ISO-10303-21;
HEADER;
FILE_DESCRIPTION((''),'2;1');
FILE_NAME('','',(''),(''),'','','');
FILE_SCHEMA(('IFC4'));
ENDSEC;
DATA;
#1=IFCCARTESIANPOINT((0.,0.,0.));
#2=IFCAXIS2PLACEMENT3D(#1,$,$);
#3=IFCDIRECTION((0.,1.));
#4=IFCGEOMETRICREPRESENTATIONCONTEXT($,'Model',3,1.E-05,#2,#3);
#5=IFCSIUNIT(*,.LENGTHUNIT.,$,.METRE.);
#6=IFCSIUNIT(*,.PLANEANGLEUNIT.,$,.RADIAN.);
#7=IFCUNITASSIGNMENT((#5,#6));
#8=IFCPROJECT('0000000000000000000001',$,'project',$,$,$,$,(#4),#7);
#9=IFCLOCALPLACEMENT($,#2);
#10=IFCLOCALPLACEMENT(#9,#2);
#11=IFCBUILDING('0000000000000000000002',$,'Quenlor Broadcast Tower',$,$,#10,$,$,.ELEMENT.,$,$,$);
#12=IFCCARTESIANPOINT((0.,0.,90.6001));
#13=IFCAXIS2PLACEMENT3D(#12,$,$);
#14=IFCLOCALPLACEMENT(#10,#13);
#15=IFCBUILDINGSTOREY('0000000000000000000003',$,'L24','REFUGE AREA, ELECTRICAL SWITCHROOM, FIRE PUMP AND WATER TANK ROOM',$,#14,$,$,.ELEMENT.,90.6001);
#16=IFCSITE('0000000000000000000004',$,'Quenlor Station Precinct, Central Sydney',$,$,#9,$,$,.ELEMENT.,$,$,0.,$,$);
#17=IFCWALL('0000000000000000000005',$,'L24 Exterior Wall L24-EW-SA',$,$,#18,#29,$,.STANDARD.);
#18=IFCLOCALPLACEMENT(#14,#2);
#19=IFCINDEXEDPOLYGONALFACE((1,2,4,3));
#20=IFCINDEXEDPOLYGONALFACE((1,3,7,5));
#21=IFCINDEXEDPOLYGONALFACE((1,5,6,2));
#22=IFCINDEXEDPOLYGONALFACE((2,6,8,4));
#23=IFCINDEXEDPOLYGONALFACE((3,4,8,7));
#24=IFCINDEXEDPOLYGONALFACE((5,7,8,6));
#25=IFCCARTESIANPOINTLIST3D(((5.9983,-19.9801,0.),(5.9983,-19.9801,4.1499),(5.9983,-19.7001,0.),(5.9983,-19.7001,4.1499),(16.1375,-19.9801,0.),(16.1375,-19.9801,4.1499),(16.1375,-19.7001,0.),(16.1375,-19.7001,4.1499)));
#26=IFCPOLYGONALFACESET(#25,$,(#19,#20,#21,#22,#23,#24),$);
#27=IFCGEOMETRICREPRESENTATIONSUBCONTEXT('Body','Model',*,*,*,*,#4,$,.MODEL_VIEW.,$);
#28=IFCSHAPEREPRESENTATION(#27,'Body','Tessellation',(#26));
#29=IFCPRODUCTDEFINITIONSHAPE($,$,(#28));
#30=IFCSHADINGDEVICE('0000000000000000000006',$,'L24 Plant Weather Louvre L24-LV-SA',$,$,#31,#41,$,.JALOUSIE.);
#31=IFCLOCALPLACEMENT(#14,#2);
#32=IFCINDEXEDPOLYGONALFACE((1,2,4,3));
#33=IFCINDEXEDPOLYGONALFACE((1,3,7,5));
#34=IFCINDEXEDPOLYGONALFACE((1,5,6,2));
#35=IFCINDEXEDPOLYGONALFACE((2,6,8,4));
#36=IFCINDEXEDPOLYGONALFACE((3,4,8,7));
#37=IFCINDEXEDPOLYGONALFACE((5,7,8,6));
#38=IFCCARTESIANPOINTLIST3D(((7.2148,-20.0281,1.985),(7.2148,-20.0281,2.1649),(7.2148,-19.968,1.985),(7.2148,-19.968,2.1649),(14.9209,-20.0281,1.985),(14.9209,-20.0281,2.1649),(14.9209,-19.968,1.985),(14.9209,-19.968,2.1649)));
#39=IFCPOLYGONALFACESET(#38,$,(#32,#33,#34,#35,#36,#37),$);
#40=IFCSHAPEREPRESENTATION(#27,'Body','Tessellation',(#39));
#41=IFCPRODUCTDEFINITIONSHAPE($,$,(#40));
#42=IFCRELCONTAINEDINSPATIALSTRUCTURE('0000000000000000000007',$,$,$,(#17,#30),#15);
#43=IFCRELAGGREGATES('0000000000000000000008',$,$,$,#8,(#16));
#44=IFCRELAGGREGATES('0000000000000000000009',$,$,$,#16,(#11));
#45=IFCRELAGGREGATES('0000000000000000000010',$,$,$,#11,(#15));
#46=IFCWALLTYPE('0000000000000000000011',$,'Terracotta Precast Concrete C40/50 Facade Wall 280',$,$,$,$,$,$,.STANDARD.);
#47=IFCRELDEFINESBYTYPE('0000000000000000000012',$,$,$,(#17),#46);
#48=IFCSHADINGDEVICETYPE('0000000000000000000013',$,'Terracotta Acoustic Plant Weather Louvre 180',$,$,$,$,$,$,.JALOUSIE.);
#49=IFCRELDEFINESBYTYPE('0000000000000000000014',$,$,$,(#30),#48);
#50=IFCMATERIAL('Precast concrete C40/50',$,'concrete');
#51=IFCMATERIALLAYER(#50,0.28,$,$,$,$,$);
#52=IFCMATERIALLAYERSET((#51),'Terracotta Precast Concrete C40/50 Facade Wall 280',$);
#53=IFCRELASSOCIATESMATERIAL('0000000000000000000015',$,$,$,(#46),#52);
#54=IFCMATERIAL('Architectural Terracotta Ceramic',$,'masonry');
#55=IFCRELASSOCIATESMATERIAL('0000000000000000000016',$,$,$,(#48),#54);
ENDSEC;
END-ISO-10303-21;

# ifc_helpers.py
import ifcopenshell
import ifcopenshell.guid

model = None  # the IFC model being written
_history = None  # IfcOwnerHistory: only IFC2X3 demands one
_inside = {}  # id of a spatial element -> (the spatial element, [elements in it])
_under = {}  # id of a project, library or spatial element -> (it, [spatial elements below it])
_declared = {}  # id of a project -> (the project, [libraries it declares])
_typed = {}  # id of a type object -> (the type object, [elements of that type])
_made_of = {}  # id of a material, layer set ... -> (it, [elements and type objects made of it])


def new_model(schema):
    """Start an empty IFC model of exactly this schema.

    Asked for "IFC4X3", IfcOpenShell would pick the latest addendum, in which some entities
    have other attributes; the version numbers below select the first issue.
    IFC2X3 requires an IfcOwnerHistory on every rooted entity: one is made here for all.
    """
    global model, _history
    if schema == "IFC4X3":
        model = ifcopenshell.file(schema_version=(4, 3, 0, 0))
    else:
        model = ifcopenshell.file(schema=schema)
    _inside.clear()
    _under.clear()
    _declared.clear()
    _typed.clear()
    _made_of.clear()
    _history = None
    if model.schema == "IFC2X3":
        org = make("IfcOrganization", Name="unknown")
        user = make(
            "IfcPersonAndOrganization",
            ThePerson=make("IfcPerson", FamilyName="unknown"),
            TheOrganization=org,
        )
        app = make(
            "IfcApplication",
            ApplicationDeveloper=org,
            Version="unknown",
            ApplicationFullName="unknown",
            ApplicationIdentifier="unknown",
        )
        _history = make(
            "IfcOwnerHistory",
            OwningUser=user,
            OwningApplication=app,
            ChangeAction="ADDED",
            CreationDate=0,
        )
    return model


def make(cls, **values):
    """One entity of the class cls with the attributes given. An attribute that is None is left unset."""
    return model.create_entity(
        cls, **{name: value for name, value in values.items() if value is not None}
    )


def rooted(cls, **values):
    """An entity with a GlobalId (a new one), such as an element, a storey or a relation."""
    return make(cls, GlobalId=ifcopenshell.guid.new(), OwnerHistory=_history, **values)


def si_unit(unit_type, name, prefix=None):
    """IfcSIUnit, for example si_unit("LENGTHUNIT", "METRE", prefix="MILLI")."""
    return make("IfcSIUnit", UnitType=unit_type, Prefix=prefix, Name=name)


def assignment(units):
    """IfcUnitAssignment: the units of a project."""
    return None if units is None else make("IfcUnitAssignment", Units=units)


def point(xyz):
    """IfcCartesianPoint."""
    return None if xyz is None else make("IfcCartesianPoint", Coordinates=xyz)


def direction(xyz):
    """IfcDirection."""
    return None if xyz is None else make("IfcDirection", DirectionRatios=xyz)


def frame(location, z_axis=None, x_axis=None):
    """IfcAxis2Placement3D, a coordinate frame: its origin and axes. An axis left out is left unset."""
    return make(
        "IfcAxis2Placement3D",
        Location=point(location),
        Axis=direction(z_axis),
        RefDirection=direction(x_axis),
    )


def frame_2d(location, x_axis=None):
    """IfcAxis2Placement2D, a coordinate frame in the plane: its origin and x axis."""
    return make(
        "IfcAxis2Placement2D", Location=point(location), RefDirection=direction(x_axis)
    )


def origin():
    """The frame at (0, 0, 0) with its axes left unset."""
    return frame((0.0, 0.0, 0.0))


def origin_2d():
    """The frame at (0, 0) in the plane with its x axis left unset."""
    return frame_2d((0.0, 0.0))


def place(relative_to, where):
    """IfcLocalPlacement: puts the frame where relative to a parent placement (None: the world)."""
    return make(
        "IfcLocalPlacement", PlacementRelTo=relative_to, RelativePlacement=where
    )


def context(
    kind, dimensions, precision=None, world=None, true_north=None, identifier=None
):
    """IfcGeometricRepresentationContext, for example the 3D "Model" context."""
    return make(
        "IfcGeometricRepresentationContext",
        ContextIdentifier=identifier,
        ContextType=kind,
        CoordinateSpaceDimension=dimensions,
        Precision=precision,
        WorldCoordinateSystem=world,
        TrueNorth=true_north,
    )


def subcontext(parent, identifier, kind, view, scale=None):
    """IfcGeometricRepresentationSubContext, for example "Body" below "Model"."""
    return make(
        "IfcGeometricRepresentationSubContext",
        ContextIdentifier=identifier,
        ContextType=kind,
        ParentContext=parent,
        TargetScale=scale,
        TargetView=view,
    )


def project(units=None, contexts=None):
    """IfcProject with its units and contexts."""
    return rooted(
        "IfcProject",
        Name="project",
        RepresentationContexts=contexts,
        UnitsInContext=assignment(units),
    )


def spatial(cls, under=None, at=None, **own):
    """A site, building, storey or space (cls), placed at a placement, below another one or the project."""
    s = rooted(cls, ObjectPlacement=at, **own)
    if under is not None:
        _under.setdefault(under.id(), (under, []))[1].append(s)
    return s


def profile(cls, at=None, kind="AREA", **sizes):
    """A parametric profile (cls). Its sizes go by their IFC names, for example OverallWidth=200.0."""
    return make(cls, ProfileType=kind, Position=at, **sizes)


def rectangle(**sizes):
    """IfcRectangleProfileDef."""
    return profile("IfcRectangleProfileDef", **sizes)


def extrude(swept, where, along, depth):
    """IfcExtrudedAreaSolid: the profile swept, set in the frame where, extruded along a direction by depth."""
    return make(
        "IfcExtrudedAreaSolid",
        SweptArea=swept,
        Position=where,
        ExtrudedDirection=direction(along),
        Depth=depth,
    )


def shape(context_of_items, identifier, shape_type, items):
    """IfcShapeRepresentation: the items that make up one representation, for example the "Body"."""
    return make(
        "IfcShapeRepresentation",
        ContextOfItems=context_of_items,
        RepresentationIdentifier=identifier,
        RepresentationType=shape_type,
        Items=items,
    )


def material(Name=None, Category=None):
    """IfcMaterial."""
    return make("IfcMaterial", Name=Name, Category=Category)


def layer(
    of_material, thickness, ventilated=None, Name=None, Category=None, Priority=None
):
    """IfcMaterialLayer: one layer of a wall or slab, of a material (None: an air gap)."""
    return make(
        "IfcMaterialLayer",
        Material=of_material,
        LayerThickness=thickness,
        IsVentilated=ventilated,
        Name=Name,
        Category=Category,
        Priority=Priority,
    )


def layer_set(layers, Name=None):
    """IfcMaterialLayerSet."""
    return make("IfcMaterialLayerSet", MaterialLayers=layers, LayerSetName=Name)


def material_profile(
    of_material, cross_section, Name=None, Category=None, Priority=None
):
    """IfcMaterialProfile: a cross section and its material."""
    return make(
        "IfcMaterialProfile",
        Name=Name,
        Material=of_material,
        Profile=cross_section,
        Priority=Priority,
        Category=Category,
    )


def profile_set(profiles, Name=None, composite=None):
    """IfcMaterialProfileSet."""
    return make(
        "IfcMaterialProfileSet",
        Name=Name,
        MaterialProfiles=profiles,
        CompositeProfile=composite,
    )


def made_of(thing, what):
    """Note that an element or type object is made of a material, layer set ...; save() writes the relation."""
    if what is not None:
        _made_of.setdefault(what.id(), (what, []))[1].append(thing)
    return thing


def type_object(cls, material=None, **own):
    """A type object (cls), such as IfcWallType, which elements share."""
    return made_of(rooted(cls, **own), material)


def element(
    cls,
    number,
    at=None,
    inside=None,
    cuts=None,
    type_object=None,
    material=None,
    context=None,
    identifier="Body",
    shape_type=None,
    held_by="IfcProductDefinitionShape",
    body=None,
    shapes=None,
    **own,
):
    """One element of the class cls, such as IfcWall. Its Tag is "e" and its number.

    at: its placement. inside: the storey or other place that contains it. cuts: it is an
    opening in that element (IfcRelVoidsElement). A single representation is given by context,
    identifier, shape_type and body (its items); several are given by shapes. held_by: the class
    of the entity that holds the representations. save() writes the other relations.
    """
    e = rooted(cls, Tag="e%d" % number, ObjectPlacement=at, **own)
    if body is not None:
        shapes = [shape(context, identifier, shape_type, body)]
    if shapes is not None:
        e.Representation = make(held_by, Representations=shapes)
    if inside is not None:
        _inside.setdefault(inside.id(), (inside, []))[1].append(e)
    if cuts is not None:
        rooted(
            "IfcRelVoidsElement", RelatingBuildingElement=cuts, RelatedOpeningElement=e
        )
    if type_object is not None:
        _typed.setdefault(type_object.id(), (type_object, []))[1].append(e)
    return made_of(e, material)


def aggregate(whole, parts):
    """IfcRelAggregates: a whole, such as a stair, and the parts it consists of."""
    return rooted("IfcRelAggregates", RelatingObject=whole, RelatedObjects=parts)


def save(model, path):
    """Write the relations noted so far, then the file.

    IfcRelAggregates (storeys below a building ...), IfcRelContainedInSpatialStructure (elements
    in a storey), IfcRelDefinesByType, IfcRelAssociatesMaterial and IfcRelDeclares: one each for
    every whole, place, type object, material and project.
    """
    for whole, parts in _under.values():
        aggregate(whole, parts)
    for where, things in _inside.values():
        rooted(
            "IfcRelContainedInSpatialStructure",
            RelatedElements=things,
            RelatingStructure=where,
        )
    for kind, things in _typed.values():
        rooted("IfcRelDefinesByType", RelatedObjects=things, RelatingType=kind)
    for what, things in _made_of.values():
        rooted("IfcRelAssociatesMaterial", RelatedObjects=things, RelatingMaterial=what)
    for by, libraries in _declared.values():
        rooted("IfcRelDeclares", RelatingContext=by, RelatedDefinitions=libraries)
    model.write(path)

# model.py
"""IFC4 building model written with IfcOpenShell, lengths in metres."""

from ifc_helpers import new_model, si_unit, direction, frame, frame_2d, origin, origin_2d, place, context, subcontext, project, spatial, rectangle, extrude, material, layer, layer_set, material_profile, profile_set, type_object, element, save


model = new_model("IFC4")

# Units and contexts
model_context = context("Model", 3, precision=1e-05, world=origin(), true_north=direction((0.0, 1.0)))
body_context = subcontext(model_context, "Body", "Model", "MODEL_VIEW")
ifc_project = project(units=[si_unit("LENGTHUNIT", "METRE"), si_unit("PLANEANGLEUNIT", "RADIAN")], contexts=[model_context])

# Site, building, storey
site_placement = place(None, origin())
site = spatial("IfcSite", under=ifc_project, at=site_placement, Name="Quenlor Station Precinct, Central Sydney", CompositionType="ELEMENT", RefElevation=0.0)
building_placement = place(site_placement, origin())
building = spatial("IfcBuilding", under=site, at=building_placement, Name="Quenlor Broadcast Tower", CompositionType="ELEMENT")
storey_placement = place(building_placement, frame((0.0, 0.0, 90.6001)))
storey = spatial("IfcBuildingStorey", under=building, at=storey_placement, Name="L24", Description="REFUGE AREA, ELECTRICAL SWITCHROOM, FIRE PUMP AND WATER TANK ROOM", CompositionType="ELEMENT", Elevation=90.6001)

# Wall
ifc_material_1 = material(Name="Precast concrete C40/50", Category="concrete")
ifc_layer_1 = layer(ifc_material_1, 0.28)
ifc_layer_set_1 = layer_set([ifc_layer_1], Name="Terracotta Precast Concrete C40/50 Facade Wall 280")
wall_type_1 = type_object("IfcWallType", Name="Terracotta Precast Concrete C40/50 Facade Wall 280", PredefinedType="STANDARD", material=ifc_layer_set_1)
wall_1_placement = place(storey_placement, frame((16.1375, -19.8401, 0.0), z_axis=(0.0, 0.0, 1.0), x_axis=(-1.0, 0.0, 0.0)))
element("IfcWall", 1, at=wall_1_placement, inside=storey, type_object=wall_type_1, Name="L24 Exterior Wall L24-EW-SA", PredefinedType="STANDARD", context=body_context, shape_type="SweptSolid", body=[
    extrude(rectangle(XDim=10.1392, YDim=0.28, at=frame_2d((5.0696, 0.0))), origin(), (0.0, 0.0, 1.0), 4.1499),
])

# Shading device
ifc_material_2 = material(Name="Architectural Terracotta Ceramic", Category="masonry")
ifc_material_profile_1 = material_profile(ifc_material_2, rectangle(XDim=0.0601, YDim=0.1799, at=origin_2d()))
ifc_profile_set_1 = profile_set([ifc_material_profile_1], Name="Architectural Terracotta Ceramic LVR60x180")
shading_device_type = type_object("IfcShadingDeviceType", Name="Terracotta Acoustic Plant Weather Louvre 180", PredefinedType="JALOUSIE", material=ifc_profile_set_1)
shading_device_placement = place(storey_placement, frame((14.9209, -19.998, 2.075), z_axis=(-1.0, 0.0, 0.0), x_axis=(0.0, -1.0, 0.0)))
element("IfcShadingDevice", 2, at=shading_device_placement, inside=storey, type_object=shading_device_type, Name="L24 Plant Weather Louvre L24-LV-SA", PredefinedType="JALOUSIE", context=body_context, shape_type="SweptSolid", body=[
    extrude(rectangle(XDim=0.0601, YDim=0.1799, at=origin_2d()), origin(), (0.0, 0.0, 1.0), 7.7061),
])

save(model, "model.ifc")
